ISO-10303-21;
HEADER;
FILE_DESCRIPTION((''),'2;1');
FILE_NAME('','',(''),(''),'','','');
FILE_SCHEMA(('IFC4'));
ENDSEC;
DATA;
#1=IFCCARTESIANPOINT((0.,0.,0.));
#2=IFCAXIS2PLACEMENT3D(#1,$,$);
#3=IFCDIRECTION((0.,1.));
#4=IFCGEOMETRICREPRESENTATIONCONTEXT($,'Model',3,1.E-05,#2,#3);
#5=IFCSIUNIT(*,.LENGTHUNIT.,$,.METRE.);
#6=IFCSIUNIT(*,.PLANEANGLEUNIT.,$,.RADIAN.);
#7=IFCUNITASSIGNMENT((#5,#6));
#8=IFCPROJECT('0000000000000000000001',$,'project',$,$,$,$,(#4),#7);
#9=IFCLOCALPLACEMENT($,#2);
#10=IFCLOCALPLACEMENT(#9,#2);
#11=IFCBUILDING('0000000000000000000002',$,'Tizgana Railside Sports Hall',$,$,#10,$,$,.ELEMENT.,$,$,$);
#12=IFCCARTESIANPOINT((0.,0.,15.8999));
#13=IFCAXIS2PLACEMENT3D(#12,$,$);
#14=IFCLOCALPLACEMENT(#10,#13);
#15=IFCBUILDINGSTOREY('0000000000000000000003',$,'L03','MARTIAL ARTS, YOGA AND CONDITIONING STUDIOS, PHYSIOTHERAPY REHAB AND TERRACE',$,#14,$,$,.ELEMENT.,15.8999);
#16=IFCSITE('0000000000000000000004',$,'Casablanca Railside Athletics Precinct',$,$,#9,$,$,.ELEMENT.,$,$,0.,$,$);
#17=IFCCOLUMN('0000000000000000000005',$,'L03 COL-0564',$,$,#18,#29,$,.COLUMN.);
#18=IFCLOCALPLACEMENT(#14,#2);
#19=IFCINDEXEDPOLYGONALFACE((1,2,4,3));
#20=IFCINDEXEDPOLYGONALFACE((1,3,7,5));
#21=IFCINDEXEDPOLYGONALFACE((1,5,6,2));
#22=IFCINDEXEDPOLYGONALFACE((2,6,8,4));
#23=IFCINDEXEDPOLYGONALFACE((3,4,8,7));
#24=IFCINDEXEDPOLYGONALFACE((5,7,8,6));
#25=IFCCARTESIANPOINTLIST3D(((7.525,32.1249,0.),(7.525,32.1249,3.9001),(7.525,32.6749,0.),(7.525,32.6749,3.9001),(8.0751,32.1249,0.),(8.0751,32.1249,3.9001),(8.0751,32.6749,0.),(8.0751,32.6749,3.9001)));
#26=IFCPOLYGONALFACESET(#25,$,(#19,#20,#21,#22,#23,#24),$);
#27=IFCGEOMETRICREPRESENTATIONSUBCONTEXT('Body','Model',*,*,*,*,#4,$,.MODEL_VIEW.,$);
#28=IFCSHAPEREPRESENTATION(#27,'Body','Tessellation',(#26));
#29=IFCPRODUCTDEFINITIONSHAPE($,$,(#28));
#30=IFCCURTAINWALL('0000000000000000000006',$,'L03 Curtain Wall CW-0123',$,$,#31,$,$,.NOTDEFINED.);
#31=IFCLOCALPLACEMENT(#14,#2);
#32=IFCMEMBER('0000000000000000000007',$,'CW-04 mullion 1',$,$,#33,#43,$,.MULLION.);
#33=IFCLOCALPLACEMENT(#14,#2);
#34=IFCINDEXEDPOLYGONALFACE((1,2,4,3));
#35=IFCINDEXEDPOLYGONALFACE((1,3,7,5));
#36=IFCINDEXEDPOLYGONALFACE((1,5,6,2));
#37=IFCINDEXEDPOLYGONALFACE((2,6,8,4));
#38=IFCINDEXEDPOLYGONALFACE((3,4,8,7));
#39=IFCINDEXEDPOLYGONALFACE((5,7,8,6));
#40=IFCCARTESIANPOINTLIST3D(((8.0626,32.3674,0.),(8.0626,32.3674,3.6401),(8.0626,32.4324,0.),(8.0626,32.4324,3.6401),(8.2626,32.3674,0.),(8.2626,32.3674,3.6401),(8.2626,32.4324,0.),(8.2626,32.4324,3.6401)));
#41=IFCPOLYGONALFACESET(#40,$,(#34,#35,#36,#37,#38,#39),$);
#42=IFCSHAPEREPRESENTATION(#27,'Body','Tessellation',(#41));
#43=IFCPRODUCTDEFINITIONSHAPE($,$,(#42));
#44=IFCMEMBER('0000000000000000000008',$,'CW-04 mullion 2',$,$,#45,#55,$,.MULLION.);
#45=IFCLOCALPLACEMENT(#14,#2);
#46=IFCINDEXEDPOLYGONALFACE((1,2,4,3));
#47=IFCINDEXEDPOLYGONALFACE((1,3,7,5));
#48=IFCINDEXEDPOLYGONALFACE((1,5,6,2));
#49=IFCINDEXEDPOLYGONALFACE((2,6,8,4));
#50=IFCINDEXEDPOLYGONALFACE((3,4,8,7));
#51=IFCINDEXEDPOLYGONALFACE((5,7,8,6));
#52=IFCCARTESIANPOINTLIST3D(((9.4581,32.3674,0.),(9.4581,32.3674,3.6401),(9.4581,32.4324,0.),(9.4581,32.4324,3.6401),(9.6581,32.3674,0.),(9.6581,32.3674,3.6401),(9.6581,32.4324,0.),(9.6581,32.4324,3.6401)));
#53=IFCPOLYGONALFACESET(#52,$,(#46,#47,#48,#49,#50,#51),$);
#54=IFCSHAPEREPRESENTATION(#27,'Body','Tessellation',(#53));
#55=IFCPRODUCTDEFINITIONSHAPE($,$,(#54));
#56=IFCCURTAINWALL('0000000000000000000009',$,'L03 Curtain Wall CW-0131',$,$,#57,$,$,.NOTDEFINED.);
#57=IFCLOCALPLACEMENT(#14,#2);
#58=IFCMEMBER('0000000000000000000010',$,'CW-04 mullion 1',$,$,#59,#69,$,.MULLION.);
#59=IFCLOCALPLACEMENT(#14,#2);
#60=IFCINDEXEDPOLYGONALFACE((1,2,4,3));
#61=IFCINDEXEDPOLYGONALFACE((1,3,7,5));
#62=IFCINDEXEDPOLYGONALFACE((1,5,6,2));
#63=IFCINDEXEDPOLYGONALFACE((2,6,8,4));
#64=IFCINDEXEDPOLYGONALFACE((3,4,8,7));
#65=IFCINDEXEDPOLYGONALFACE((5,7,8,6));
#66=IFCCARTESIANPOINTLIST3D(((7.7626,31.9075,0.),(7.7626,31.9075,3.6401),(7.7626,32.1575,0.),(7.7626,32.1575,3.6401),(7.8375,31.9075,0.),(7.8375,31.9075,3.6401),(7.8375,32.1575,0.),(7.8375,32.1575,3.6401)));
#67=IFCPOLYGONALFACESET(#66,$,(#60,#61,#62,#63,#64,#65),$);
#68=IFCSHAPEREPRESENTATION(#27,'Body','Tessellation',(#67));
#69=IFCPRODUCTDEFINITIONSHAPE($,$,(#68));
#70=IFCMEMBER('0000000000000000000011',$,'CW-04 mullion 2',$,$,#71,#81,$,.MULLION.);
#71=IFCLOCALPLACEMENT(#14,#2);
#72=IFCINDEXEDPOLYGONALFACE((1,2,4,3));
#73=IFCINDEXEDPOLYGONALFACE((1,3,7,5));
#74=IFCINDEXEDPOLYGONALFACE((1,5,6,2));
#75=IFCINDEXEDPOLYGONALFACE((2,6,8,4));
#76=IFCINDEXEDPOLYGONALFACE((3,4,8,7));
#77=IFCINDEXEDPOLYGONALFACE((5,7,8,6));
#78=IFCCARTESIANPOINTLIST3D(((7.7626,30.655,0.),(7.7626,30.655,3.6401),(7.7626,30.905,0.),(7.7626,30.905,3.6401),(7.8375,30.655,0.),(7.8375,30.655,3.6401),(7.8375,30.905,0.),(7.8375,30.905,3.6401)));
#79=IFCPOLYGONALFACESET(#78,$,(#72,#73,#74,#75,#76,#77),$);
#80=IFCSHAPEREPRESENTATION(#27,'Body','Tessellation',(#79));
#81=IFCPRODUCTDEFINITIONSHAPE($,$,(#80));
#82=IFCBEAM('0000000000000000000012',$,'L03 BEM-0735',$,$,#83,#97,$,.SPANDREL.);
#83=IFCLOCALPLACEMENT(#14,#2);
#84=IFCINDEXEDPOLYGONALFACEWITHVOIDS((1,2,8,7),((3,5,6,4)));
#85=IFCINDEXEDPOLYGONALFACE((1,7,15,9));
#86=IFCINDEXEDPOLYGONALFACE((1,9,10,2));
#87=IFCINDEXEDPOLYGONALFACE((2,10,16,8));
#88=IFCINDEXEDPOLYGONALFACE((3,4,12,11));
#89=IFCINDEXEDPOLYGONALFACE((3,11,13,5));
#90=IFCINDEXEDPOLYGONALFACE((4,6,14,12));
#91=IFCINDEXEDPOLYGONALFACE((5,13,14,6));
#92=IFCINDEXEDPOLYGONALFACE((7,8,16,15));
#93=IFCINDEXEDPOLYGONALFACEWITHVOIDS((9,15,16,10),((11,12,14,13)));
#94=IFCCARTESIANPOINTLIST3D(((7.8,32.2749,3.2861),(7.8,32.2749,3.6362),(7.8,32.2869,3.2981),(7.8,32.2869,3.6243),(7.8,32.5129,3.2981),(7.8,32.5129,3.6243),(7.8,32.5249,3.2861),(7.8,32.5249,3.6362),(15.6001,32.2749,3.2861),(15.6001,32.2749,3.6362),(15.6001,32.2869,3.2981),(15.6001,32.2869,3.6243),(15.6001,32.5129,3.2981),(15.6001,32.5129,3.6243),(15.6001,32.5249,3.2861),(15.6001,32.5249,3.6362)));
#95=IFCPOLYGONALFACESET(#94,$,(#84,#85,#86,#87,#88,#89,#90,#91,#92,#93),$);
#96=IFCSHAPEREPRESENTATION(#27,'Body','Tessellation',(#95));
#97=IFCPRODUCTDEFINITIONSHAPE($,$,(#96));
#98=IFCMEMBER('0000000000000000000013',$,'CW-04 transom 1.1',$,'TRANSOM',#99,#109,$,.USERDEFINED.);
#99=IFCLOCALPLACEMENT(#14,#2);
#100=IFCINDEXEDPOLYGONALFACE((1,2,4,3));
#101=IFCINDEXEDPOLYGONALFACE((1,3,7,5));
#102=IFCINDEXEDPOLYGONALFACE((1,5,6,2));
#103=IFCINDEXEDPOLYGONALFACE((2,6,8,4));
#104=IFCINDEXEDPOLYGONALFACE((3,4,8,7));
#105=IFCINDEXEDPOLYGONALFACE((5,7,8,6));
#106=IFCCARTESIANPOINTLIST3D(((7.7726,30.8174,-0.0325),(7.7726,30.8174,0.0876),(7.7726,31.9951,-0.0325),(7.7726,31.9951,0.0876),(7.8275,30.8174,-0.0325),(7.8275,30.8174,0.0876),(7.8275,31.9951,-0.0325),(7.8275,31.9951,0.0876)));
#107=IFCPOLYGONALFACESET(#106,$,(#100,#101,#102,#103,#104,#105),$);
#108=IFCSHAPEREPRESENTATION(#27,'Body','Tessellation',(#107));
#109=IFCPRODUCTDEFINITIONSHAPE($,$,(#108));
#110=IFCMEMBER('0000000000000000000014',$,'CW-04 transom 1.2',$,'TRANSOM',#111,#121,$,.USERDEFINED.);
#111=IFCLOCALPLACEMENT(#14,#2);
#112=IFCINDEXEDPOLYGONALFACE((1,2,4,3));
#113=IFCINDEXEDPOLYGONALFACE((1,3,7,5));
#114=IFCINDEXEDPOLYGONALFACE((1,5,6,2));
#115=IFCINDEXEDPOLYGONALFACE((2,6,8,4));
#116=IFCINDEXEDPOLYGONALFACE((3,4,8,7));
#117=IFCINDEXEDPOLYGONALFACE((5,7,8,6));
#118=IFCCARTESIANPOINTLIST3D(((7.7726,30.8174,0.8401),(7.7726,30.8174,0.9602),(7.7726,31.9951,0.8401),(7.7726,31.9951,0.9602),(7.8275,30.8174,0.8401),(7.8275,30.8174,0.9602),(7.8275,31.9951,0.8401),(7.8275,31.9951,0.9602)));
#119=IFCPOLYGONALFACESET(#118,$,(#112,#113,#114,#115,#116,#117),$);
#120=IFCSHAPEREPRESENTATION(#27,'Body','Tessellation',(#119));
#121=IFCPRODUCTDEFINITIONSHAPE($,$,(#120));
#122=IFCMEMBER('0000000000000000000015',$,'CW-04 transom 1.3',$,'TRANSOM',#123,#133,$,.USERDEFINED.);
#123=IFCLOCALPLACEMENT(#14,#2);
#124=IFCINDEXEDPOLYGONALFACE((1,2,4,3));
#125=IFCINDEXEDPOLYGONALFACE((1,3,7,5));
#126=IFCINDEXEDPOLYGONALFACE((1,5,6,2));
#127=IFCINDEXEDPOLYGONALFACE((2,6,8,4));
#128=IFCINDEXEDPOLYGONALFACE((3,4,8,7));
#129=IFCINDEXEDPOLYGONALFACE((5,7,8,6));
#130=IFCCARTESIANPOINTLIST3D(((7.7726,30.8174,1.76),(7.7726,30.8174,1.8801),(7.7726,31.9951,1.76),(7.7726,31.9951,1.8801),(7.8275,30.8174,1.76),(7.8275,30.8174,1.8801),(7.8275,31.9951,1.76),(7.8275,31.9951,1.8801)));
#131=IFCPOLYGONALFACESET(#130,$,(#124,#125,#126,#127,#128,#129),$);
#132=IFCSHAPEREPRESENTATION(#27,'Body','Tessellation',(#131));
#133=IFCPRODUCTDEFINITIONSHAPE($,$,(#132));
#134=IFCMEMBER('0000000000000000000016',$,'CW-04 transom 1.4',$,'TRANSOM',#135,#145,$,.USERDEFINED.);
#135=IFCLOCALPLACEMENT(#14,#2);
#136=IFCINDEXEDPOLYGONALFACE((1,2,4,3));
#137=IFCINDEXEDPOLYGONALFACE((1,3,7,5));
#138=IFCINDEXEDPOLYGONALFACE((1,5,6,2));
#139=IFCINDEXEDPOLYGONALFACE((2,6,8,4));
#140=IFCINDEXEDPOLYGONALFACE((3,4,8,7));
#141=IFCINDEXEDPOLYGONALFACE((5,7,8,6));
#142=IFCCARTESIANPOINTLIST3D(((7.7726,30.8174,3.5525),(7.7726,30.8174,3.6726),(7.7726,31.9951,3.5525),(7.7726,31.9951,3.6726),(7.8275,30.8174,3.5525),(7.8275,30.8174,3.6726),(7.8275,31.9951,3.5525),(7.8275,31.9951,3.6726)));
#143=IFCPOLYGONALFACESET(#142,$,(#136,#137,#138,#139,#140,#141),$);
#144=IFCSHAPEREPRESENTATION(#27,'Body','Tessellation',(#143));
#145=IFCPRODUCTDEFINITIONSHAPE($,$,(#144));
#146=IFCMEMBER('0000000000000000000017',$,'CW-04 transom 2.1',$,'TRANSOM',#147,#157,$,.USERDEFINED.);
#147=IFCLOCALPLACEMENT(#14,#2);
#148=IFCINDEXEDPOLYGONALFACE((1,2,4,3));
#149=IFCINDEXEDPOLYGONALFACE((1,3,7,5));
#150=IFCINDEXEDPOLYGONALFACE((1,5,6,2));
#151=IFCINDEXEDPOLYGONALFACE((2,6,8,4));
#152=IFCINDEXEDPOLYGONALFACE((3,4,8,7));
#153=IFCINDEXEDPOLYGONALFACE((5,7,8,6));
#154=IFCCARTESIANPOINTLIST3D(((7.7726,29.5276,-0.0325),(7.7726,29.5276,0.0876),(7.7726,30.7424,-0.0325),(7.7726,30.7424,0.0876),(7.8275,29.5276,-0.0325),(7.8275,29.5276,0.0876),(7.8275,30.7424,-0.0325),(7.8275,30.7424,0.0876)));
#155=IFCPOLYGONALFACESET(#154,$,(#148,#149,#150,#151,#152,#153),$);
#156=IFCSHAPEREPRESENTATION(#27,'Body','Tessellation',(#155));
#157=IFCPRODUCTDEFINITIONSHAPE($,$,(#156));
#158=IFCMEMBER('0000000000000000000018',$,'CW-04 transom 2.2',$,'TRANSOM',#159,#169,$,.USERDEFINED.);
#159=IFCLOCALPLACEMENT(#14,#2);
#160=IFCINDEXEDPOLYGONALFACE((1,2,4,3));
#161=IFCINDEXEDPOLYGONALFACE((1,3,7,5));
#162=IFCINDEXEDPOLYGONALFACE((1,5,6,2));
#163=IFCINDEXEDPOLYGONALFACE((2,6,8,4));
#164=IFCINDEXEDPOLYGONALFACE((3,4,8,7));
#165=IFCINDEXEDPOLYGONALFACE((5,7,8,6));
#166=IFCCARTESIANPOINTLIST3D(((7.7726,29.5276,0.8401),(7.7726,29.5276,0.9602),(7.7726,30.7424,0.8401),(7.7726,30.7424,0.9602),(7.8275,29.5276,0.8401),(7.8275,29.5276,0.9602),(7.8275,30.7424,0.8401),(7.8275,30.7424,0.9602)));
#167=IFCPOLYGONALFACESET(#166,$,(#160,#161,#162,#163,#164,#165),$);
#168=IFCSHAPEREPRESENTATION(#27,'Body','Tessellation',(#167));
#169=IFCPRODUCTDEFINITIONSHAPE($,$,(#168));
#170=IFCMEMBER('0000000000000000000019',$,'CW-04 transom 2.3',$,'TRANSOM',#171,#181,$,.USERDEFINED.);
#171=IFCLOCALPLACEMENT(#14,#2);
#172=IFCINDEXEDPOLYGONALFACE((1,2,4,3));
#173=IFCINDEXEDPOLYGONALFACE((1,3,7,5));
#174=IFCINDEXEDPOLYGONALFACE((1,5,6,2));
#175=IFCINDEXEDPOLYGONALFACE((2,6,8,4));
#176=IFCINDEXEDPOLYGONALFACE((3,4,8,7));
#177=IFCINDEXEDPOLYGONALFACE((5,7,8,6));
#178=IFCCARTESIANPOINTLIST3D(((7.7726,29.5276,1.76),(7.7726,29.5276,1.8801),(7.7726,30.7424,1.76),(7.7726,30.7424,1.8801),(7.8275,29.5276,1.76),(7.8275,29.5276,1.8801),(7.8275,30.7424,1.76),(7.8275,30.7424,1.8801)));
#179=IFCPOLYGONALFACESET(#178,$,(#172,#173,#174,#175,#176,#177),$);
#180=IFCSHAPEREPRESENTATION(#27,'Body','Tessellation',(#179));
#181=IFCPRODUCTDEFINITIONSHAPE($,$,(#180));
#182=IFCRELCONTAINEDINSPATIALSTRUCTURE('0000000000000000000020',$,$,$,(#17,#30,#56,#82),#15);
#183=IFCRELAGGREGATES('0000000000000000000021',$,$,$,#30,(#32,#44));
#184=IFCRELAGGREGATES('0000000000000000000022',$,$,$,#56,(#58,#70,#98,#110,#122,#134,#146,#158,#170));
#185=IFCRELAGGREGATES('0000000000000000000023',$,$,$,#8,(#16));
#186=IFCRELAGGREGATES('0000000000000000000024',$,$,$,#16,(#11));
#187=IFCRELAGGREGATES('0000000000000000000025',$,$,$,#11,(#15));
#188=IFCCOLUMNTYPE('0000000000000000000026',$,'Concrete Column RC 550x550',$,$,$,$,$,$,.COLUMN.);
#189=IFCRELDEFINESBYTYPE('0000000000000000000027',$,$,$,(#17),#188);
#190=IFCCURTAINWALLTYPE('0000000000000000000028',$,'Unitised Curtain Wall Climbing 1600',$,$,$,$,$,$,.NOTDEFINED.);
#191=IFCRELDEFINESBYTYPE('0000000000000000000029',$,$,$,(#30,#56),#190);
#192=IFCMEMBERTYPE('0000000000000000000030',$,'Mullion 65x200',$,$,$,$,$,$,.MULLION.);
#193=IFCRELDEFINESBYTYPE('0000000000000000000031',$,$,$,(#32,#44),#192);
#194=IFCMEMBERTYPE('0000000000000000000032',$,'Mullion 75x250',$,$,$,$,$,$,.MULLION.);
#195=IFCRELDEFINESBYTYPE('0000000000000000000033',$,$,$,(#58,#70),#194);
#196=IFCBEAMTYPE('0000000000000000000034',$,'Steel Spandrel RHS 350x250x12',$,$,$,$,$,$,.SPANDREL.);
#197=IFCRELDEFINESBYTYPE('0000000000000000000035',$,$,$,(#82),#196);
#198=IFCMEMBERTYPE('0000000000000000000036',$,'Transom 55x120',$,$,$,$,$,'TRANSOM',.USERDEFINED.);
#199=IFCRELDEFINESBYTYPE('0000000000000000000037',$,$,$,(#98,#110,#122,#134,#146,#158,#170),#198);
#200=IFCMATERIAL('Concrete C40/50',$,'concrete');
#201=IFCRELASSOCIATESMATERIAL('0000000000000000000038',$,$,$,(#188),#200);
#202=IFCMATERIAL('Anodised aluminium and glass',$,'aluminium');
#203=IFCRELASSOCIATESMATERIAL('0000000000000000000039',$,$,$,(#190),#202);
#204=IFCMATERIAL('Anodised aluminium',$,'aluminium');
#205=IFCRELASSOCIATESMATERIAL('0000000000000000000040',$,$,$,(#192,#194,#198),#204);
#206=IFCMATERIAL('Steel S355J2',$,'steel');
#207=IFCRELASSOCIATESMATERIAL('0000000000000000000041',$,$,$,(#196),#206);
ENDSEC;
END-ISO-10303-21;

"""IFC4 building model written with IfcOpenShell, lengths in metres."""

from ifc_helpers import new_model, si_unit, direction, frame, origin, origin_2d, place, context, subcontext, project, spatial, rectangle, hollow_rectangle, extrude, material, material_profile, profile_set, type_object, element, aggregate, save


model = new_model("IFC4")

# Units and contexts
model_context = context("Model", 3, precision=1e-05, world=origin(), true_north=direction((0.0, 1.0)))
body_context = subcontext(model_context, "Body", "Model", "MODEL_VIEW")
ifc_project = project(units=[si_unit("LENGTHUNIT", "METRE"), si_unit("PLANEANGLEUNIT", "RADIAN")], contexts=[model_context])

# Site, building, storey
site_placement = place(None, origin())
site = spatial("IfcSite", under=ifc_project, at=site_placement, Name="Casablanca Railside Athletics Precinct", CompositionType="ELEMENT", RefElevation=0.0)
building_placement = place(site_placement, origin())
building = spatial("IfcBuilding", under=site, at=building_placement, Name="Tizgana Railside Sports Hall", CompositionType="ELEMENT")
storey_placement = place(building_placement, frame((0.0, 0.0, 15.8999)))
storey = spatial("IfcBuildingStorey", under=building, at=storey_placement, Name="L03", Description="MARTIAL ARTS, YOGA AND CONDITIONING STUDIOS, PHYSIOTHERAPY REHAB AND TERRACE", CompositionType="ELEMENT", Elevation=15.8999)

# Column
ifc_material_1 = material(Name="Concrete C40/50", Category="concrete")
ifc_material_profile_1 = material_profile(ifc_material_1, rectangle(XDim=0.55, YDim=0.55, at=origin_2d()), Name="RC 550x550")
ifc_profile_set_1 = profile_set([ifc_material_profile_1], Name="Concrete C40/50")
column_type = type_object("IfcColumnType", Name="Concrete Column RC 550x550", PredefinedType="COLUMN", material=ifc_profile_set_1)
column_placement = place(storey_placement, frame((7.8, 32.3999, 0.0), z_axis=(0.0, 0.0, 1.0), x_axis=(1.0, 0.0, 0.0)))
element("IfcColumn", 1, at=column_placement, inside=storey, type_object=column_type, Name="L03 COL-0564", PredefinedType="COLUMN", context=body_context, shape_type="SweptSolid", body=[
    extrude(rectangle(XDim=0.55, YDim=0.55, at=origin_2d()), origin(), (0.0, 0.0, 1.0), 3.9001),
])

# Curtain walls, members
ifc_material_2 = material(Name="Anodised aluminium and glass", Category="aluminium")
curtain_wall_type = type_object("IfcCurtainWallType", Name="Unitised Curtain Wall Climbing 1600", PredefinedType="NOTDEFINED", material=ifc_material_2)
curtain_wall_1_placement = place(storey_placement, origin())
curtain_wall_1 = element("IfcCurtainWall", 2, at=curtain_wall_1_placement, inside=storey, type_object=curtain_wall_type, Name="L03 Curtain Wall CW-0123", PredefinedType="NOTDEFINED")
ifc_material_3 = material(Name="Anodised aluminium", Category="aluminium")
ifc_material_profile_2 = material_profile(ifc_material_3, rectangle(XDim=0.0649, YDim=0.2, at=origin_2d()), Name="Mullion 65x200")
ifc_profile_set_2 = profile_set([ifc_material_profile_2], Name="Anodised aluminium")
member_type_1 = type_object("IfcMemberType", Name="Mullion 65x200", PredefinedType="MULLION", material=ifc_profile_set_2)
member_1_placement = place(storey_placement, frame((8.1626, 32.3999, 0.0), z_axis=(0.0, 0.0, 1.0), x_axis=(0.0, 1.0, 0.0)))
member_1 = element("IfcMember", 3, at=member_1_placement, type_object=member_type_1, Name="CW-04 mullion 1", PredefinedType="MULLION", context=body_context, shape_type="SweptSolid", body=[
    extrude(rectangle(XDim=0.0649, YDim=0.2, at=origin_2d()), origin(), (0.0, 0.0, 1.0), 3.6401),
])
member_2_placement = place(storey_placement, frame((9.5581, 32.3999, 0.0), z_axis=(0.0, 0.0, 1.0), x_axis=(0.0, 1.0, 0.0)))
member_2 = element("IfcMember", 4, at=member_2_placement, type_object=member_type_1, Name="CW-04 mullion 2", PredefinedType="MULLION", context=body_context, shape_type="SweptSolid", body=[
    extrude(rectangle(XDim=0.0649, YDim=0.2, at=origin_2d()), origin(), (0.0, 0.0, 1.0), 3.6401),
])
curtain_wall_2_placement = place(storey_placement, origin())
curtain_wall_2 = element("IfcCurtainWall", 5, at=curtain_wall_2_placement, inside=storey, type_object=curtain_wall_type, Name="L03 Curtain Wall CW-0131", PredefinedType="NOTDEFINED")
ifc_material_profile_3 = material_profile(ifc_material_3, rectangle(XDim=0.075, YDim=0.25, at=origin_2d()), Name="Mullion 75x250")
ifc_profile_set_3 = profile_set([ifc_material_profile_3], Name="Anodised aluminium")
member_type_2 = type_object("IfcMemberType", Name="Mullion 75x250", PredefinedType="MULLION", material=ifc_profile_set_3)
member_3_placement = place(storey_placement, frame((7.8, 32.0325, 0.0), z_axis=(0.0, 0.0, 1.0), x_axis=(1.0, 0.0, 0.0)))
member_3 = element("IfcMember", 6, at=member_3_placement, type_object=member_type_2, Name="CW-04 mullion 1", PredefinedType="MULLION", context=body_context, shape_type="SweptSolid", body=[
    extrude(rectangle(XDim=0.075, YDim=0.25, at=origin_2d()), origin(), (0.0, 0.0, 1.0), 3.6401),
])
member_4_placement = place(storey_placement, frame((7.8, 30.78, 0.0), z_axis=(0.0, 0.0, 1.0), x_axis=(1.0, 0.0, 0.0)))
member_4 = element("IfcMember", 7, at=member_4_placement, type_object=member_type_2, Name="CW-04 mullion 2", PredefinedType="MULLION", context=body_context, shape_type="SweptSolid", body=[
    extrude(rectangle(XDim=0.075, YDim=0.25, at=origin_2d()), origin(), (0.0, 0.0, 1.0), 3.6401),
])

# Beam
ifc_material_4 = material(Name="Steel S355J2", Category="steel")
ifc_material_profile_4 = material_profile(ifc_material_4, hollow_rectangle(XDim=0.25, YDim=0.3501, WallThickness=0.012, at=origin_2d()), Name="RHS 350x250x12")
ifc_profile_set_4 = profile_set([ifc_material_profile_4], Name="Steel S355J2")
beam_type = type_object("IfcBeamType", Name="Steel Spandrel RHS 350x250x12", PredefinedType="SPANDREL", material=ifc_profile_set_4)
beam_placement = place(storey_placement, frame((7.8, 32.3999, 3.4612), z_axis=(1.0, 0.0, 0.0), x_axis=(0.0, 1.0, 0.0)))
element("IfcBeam", 8, at=beam_placement, inside=storey, type_object=beam_type, Name="L03 BEM-0735", PredefinedType="SPANDREL", context=body_context, shape_type="SweptSolid", body=[
    extrude(hollow_rectangle(XDim=0.25, YDim=0.3501, WallThickness=0.012, at=origin_2d()), origin(), (0.0, 0.0, 1.0), 7.8),
])

# Members
ifc_material_profile_5 = material_profile(ifc_material_3, rectangle(XDim=0.0549, YDim=0.1201, at=origin_2d()), Name="Transom 55x120")
ifc_profile_set_5 = profile_set([ifc_material_profile_5], Name="Anodised aluminium")
member_type_3 = type_object("IfcMemberType", Name="Transom 55x120", ElementType="TRANSOM", PredefinedType="USERDEFINED", material=ifc_profile_set_5)
member_5_placement = place(storey_placement, frame((7.8, 31.9951, 0.0276), z_axis=(0.0, -1.0, 0.0), x_axis=(1.0, 0.0, 0.0)))
member_5 = element("IfcMember", 9, at=member_5_placement, type_object=member_type_3, Name="CW-04 transom 1.1", ObjectType="TRANSOM", PredefinedType="USERDEFINED", context=body_context, shape_type="SweptSolid", body=[
    extrude(rectangle(XDim=0.0549, YDim=0.1201, at=origin_2d()), origin(), (0.0, 0.0, 1.0), 1.1777),
])
member_6_placement = place(storey_placement, frame((7.8, 31.9951, 0.9001), z_axis=(0.0, -1.0, 0.0), x_axis=(1.0, 0.0, 0.0)))
member_6 = element("IfcMember", 10, at=member_6_placement, type_object=member_type_3, Name="CW-04 transom 1.2", ObjectType="TRANSOM", PredefinedType="USERDEFINED", context=body_context, shape_type="SweptSolid", body=[
    extrude(rectangle(XDim=0.0549, YDim=0.1201, at=origin_2d()), origin(), (0.0, 0.0, 1.0), 1.1777),
])
member_7_placement = place(storey_placement, frame((7.8, 31.9951, 1.8201), z_axis=(0.0, -1.0, 0.0), x_axis=(1.0, 0.0, 0.0)))
member_7 = element("IfcMember", 11, at=member_7_placement, type_object=member_type_3, Name="CW-04 transom 1.3", ObjectType="TRANSOM", PredefinedType="USERDEFINED", context=body_context, shape_type="SweptSolid", body=[
    extrude(rectangle(XDim=0.0549, YDim=0.1201, at=origin_2d()), origin(), (0.0, 0.0, 1.0), 1.1777),
])
member_8_placement = place(storey_placement, frame((7.8, 31.9951, 3.6125), z_axis=(0.0, -1.0, 0.0), x_axis=(1.0, 0.0, 0.0)))
member_8 = element("IfcMember", 12, at=member_8_placement, type_object=member_type_3, Name="CW-04 transom 1.4", ObjectType="TRANSOM", PredefinedType="USERDEFINED", context=body_context, shape_type="SweptSolid", body=[
    extrude(rectangle(XDim=0.0549, YDim=0.1201, at=origin_2d()), origin(), (0.0, 0.0, 1.0), 1.1777),
])
member_9_placement = place(storey_placement, frame((7.8, 30.7424, 0.0276), z_axis=(0.0, -1.0, 0.0), x_axis=(1.0, 0.0, 0.0)))
member_9 = element("IfcMember", 13, at=member_9_placement, type_object=member_type_3, Name="CW-04 transom 2.1", ObjectType="TRANSOM", PredefinedType="USERDEFINED", context=body_context, shape_type="SweptSolid", body=[
    extrude(rectangle(XDim=0.0549, YDim=0.1201, at=origin_2d()), origin(), (0.0, 0.0, 1.0), 1.2148),
])
member_10_placement = place(storey_placement, frame((7.8, 30.7424, 0.9001), z_axis=(0.0, -1.0, 0.0), x_axis=(1.0, 0.0, 0.0)))
member_10 = element("IfcMember", 14, at=member_10_placement, type_object=member_type_3, Name="CW-04 transom 2.2", ObjectType="TRANSOM", PredefinedType="USERDEFINED", context=body_context, shape_type="SweptSolid", body=[
    extrude(rectangle(XDim=0.0549, YDim=0.1201, at=origin_2d()), origin(), (0.0, 0.0, 1.0), 1.2148),
])
member_11_placement = place(storey_placement, frame((7.8, 30.7424, 1.8201), z_axis=(0.0, -1.0, 0.0), x_axis=(1.0, 0.0, 0.0)))
member_11 = element("IfcMember", 15, at=member_11_placement, type_object=member_type_3, Name="CW-04 transom 2.3", ObjectType="TRANSOM", PredefinedType="USERDEFINED", context=body_context, shape_type="SweptSolid", body=[
    extrude(rectangle(XDim=0.0549, YDim=0.1201, at=origin_2d()), origin(), (0.0, 0.0, 1.0), 1.2148),
])

aggregate(curtain_wall_1, [member_1, member_2])
aggregate(curtain_wall_2, [member_3, member_4, member_5, member_6, member_7, member_8, member_9, member_10, member_11])

save(model, "model.ifc")
